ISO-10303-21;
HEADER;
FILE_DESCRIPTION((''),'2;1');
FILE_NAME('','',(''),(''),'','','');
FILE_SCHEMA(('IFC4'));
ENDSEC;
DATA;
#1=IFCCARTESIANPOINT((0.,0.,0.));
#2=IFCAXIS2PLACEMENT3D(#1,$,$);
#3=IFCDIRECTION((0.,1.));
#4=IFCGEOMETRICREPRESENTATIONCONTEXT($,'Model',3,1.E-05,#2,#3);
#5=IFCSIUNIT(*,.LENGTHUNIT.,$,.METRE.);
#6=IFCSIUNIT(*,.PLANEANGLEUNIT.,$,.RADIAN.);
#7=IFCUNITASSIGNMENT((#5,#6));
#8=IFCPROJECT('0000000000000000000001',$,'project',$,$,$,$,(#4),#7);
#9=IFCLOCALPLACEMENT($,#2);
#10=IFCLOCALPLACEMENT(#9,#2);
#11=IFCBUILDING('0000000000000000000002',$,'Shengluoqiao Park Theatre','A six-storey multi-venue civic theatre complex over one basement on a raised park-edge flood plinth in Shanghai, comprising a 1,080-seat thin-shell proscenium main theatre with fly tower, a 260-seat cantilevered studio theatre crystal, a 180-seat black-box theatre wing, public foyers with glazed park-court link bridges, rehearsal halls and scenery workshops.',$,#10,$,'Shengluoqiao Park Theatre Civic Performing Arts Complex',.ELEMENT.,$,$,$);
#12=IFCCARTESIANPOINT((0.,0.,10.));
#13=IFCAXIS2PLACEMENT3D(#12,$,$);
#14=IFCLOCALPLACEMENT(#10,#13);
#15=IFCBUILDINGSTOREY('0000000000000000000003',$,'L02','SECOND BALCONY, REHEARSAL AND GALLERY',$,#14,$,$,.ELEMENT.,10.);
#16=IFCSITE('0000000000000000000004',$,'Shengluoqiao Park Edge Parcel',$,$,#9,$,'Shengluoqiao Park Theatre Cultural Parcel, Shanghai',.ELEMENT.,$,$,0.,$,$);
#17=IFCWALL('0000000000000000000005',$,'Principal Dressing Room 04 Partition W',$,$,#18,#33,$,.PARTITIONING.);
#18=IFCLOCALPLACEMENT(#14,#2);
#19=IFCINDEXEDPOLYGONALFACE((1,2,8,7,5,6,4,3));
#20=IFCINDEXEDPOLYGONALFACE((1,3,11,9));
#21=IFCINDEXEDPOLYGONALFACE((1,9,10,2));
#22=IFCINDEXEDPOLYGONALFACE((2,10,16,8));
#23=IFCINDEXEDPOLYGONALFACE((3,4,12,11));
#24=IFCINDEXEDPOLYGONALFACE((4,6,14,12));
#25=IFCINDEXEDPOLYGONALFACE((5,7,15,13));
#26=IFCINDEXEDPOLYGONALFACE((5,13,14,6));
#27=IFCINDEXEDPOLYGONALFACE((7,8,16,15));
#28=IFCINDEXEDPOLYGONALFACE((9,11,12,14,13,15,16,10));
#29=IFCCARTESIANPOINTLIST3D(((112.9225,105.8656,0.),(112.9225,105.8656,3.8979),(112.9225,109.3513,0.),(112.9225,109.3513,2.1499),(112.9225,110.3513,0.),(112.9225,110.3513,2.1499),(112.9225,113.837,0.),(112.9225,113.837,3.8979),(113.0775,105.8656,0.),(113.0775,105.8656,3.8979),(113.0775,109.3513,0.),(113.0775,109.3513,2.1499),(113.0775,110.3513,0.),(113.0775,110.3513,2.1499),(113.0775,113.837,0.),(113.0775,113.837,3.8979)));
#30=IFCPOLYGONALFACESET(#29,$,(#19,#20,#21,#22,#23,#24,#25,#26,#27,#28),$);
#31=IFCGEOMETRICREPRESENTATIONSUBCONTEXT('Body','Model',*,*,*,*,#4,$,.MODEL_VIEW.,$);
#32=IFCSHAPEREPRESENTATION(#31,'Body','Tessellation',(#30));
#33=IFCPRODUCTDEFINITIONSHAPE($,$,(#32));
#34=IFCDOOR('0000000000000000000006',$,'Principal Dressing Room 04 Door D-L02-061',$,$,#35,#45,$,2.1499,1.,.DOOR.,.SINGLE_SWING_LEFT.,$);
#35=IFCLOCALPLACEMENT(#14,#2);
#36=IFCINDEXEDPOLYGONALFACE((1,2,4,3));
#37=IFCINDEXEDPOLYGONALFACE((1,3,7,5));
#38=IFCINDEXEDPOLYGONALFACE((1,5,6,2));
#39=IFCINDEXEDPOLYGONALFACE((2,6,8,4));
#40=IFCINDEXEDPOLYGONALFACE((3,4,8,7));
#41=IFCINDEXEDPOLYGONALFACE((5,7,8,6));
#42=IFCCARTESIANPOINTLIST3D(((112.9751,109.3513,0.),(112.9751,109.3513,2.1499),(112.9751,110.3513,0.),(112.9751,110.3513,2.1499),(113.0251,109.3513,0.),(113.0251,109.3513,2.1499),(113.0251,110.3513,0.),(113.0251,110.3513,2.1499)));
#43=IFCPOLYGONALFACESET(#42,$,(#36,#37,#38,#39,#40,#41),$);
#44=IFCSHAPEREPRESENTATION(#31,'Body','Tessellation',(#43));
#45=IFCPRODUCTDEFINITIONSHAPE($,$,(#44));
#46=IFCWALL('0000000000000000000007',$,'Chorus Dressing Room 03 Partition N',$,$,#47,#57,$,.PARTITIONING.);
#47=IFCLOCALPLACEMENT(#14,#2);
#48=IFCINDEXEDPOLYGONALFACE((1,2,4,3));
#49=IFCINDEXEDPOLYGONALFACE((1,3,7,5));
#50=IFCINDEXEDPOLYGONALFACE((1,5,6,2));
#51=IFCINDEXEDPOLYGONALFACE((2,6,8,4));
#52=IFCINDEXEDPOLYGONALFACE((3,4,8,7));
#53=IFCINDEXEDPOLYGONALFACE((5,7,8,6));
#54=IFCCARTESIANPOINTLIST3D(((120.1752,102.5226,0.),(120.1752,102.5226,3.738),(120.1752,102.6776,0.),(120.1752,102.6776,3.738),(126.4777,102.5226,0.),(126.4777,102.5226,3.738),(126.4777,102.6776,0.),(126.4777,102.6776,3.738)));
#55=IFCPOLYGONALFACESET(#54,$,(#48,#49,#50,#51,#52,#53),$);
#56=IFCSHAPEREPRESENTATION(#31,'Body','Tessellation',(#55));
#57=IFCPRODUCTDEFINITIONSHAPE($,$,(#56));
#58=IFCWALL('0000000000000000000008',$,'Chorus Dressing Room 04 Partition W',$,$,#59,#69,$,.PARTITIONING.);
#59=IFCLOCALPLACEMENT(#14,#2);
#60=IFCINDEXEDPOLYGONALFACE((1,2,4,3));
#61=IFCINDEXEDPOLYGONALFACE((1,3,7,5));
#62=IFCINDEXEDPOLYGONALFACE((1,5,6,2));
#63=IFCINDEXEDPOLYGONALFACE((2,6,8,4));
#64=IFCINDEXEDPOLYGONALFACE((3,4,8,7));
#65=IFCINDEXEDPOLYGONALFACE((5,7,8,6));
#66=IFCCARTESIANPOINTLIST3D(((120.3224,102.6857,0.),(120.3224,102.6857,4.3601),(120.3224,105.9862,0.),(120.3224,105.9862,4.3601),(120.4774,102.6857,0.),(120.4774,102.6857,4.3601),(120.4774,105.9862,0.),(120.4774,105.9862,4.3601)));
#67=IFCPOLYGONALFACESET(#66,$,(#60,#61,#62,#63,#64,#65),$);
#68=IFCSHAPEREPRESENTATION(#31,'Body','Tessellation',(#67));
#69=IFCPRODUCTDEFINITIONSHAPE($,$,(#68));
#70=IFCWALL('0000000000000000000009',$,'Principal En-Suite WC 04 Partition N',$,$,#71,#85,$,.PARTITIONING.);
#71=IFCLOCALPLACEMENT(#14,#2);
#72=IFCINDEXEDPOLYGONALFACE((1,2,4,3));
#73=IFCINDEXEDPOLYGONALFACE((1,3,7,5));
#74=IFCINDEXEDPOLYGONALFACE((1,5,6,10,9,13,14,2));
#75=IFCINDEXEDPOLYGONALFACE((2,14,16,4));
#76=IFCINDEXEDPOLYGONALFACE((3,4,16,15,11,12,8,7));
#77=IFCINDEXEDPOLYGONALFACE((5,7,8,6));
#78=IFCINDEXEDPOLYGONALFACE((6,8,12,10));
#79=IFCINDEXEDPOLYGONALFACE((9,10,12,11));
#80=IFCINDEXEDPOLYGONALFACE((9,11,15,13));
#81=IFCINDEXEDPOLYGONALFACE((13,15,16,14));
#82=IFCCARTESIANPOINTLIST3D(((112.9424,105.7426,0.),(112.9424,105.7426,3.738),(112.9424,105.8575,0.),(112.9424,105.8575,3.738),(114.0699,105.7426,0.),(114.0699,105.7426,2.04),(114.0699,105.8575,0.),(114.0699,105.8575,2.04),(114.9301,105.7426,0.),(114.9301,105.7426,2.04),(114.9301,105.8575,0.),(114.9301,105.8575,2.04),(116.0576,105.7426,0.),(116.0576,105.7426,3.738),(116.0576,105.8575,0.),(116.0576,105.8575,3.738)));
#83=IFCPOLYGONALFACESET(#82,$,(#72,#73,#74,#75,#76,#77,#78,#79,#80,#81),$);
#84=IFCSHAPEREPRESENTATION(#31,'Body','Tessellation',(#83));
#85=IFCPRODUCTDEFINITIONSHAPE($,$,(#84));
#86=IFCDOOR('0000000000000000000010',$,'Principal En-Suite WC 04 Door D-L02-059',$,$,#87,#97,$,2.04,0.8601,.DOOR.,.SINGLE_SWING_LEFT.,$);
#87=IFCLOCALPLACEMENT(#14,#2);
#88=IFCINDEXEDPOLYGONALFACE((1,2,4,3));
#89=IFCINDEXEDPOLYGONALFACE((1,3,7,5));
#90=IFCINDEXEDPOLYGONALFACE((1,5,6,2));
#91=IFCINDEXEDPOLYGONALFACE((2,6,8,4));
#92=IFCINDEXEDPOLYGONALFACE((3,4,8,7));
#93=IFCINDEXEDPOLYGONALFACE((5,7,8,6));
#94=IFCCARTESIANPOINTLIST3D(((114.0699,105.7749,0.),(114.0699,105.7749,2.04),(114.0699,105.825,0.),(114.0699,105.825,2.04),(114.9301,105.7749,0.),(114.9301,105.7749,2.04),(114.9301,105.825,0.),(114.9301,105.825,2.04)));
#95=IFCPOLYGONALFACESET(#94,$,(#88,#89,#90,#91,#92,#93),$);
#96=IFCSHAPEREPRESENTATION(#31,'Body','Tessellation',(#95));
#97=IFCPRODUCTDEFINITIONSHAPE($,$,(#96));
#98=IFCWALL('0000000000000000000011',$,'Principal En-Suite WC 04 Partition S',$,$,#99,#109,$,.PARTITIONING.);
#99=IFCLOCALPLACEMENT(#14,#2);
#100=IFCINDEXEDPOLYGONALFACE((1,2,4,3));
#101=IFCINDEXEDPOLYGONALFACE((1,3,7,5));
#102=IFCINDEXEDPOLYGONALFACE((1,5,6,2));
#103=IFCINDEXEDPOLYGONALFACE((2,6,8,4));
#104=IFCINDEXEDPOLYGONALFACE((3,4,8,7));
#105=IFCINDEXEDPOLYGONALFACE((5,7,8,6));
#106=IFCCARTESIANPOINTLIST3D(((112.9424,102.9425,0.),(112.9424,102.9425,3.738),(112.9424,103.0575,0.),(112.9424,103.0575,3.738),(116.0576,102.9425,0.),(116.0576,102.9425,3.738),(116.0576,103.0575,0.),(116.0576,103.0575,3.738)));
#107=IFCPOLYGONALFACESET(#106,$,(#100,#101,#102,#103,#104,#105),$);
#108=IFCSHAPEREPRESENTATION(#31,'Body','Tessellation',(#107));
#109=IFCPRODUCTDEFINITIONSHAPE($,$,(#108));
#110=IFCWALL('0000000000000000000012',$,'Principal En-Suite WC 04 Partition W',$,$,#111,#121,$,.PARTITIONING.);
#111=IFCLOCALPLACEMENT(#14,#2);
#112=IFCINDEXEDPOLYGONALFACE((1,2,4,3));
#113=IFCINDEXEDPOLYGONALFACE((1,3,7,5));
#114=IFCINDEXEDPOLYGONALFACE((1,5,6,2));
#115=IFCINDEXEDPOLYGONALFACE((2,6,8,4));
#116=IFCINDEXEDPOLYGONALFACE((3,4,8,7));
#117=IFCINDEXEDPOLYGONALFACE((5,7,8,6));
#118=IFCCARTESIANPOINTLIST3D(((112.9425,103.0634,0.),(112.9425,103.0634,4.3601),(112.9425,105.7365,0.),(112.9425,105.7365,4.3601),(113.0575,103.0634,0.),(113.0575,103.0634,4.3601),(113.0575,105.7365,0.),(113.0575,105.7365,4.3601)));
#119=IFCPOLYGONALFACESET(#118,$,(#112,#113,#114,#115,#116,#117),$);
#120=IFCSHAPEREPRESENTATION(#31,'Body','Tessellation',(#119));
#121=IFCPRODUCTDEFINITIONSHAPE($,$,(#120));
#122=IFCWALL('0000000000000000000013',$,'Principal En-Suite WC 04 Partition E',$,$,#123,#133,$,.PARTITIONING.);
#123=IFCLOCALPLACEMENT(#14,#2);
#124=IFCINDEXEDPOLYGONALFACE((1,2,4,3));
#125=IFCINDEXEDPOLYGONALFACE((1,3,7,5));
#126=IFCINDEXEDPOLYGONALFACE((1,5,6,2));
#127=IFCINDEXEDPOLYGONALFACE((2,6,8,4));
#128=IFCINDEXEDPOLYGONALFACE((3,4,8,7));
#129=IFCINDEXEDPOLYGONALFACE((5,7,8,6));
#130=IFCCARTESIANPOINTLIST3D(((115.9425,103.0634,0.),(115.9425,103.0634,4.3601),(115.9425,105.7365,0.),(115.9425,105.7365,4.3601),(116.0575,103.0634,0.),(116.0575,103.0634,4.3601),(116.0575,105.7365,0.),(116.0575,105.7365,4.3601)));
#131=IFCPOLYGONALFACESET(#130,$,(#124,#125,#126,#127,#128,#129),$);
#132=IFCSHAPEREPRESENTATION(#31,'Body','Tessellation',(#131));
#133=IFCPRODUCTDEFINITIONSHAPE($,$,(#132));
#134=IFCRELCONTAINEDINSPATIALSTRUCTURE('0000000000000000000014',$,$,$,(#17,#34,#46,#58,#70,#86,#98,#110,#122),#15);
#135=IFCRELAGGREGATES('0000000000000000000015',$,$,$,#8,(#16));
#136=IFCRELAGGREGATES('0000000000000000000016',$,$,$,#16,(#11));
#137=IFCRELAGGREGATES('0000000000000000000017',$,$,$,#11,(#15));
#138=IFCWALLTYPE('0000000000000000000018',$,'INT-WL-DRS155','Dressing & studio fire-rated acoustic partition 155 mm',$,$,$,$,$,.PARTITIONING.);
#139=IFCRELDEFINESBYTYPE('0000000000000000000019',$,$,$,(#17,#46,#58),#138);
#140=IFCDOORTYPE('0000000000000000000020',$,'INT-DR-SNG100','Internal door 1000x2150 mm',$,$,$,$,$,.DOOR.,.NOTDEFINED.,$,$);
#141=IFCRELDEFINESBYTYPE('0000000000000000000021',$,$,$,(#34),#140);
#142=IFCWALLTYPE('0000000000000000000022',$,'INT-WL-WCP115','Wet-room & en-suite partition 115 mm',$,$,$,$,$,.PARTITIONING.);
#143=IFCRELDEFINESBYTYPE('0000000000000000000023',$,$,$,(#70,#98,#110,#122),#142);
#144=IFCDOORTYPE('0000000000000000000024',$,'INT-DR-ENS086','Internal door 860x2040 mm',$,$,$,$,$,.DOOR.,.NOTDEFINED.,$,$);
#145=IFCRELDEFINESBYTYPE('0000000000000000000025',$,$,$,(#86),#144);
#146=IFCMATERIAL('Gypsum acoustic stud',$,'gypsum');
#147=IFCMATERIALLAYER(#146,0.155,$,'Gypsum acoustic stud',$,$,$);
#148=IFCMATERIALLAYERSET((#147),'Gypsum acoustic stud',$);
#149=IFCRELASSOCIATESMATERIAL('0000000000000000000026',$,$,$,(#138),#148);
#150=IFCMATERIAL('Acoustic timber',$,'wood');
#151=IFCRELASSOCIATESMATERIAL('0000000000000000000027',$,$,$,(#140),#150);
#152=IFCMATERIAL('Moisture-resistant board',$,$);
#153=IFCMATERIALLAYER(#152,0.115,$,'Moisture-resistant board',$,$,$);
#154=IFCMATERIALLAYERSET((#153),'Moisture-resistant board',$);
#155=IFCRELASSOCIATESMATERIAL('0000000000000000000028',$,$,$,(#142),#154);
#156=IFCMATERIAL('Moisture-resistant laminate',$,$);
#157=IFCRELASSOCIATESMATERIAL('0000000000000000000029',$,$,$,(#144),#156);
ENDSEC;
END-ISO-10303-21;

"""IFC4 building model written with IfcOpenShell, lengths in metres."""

from ifc_helpers import new_model, si_unit, direction, frame, frame_2d, origin, place, context, subcontext, project, spatial, rectangle, extrude, material, layer, layer_set, type_object, element, fill, save


model = new_model("IFC4")

# Units and contexts
model_context = context("Model", 3, precision=1e-05, world=origin(), true_north=direction((0.0, 1.0)))
body_context = subcontext(model_context, "Body", "Model", "MODEL_VIEW")
ifc_project = project(units=[si_unit("LENGTHUNIT", "METRE"), si_unit("PLANEANGLEUNIT", "RADIAN")], contexts=[model_context])

# Site, building, storey
site_placement = place(None, origin())
site = spatial("IfcSite", under=ifc_project, at=site_placement, Name="Shengluoqiao Park Edge Parcel", LongName="Shengluoqiao Park Theatre Cultural Parcel, Shanghai", CompositionType="ELEMENT", RefElevation=0.0)
building_placement = place(site_placement, origin())
building = spatial("IfcBuilding", under=site, at=building_placement, Name="Shengluoqiao Park Theatre", Description="A six-storey multi-venue civic theatre complex over one basement on a raised park-edge flood plinth in Shanghai, comprising a 1,080-seat thin-shell proscenium main theatre with fly tower, a 260-seat cantilevered studio theatre crystal, a 180-seat black-box theatre wing, public foyers with glazed park-court link bridges, rehearsal halls and scenery workshops.", LongName="Shengluoqiao Park Theatre Civic Performing Arts Complex", CompositionType="ELEMENT")
storey_placement = place(building_placement, frame((0.0, 0.0, 10.0)))
storey = spatial("IfcBuildingStorey", under=building, at=storey_placement, Name="L02", Description="SECOND BALCONY, REHEARSAL AND GALLERY", CompositionType="ELEMENT", Elevation=10.0)

# Shared definitions
ifc_material_1 = material(Name="Gypsum acoustic stud", Category="gypsum")
ifc_layer_1 = layer(ifc_material_1, 0.155, Name="Gypsum acoustic stud")
ifc_layer_set_1 = layer_set([ifc_layer_1], Name="Gypsum acoustic stud")
wall_type_1 = type_object("IfcWallType", Name="INT-WL-DRS155", Description="Dressing & studio fire-rated acoustic partition 155 mm", PredefinedType="PARTITIONING", material=ifc_layer_set_1)

# Wall, opening, door
wall_1_placement = place(storey_placement, frame((113.0, 105.8655, 0.0), z_axis=(0.0, 0.0, 1.0), x_axis=(0.0, 1.0, 0.0)))
wall_1 = element("IfcWall", 1, at=wall_1_placement, inside=storey, type_object=wall_type_1, Name="Principal Dressing Room 04 Partition W", PredefinedType="PARTITIONING", context=body_context, shape_type="SweptSolid", body=[
    extrude(rectangle(XDim=7.9714, YDim=0.155, at=frame_2d((3.9858, 0.0))), origin(), (0.0, 0.0, 1.0), 3.8979),
])
opening_1_placement = place(wall_1_placement, frame((3.4858, 0.0, 0.0)))
opening_1 = element("IfcOpeningElement", 2, at=opening_1_placement, cuts=wall_1, PredefinedType="OPENING", context=body_context, shape_type="SweptSolid", body=[
    extrude(rectangle(XDim=1.0, YDim=2.1499, at=frame_2d((0.5, 1.075))), frame((0.0, 0.0874, 0.0), z_axis=(0.0, -1.0, 0.0), x_axis=(1.0, 0.0, 0.0)), (0.0, 0.0, 1.0), 0.175),
])
ifc_material_2 = material(Name="Acoustic timber", Category="wood")
door_type_1 = type_object("IfcDoorType", Name="INT-DR-SNG100", Description="Internal door 1000x2150 mm", OperationType="NOTDEFINED", PredefinedType="DOOR", material=ifc_material_2)
door_1_placement = place(opening_1_placement, origin())
door_1 = element("IfcDoor", 3, at=door_1_placement, inside=storey, type_object=door_type_1, Name="Principal Dressing Room 04 Door D-L02-061", OperationType="SINGLE_SWING_LEFT", OverallHeight=2.1499, OverallWidth=1.0, PredefinedType="DOOR", context=body_context, shape_type="SweptSolid", body=[
    extrude(rectangle(XDim=1.0, YDim=2.1499, at=frame_2d((0.5, 1.075))), frame((0.0, 0.0249, 0.0), z_axis=(0.0, -1.0, 0.0), x_axis=(1.0, 0.0, 0.0)), (0.0, 0.0, 1.0), 0.05),
])
fill(opening_1, door_1)

# Wall
wall_2_placement = place(storey_placement, frame((120.175, 102.6001, 0.0), z_axis=(0.0, 0.0, 1.0), x_axis=(1.0, 0.0, 0.0)))
element("IfcWall", 4, at=wall_2_placement, inside=storey, type_object=wall_type_1, Name="Chorus Dressing Room 03 Partition N", PredefinedType="PARTITIONING", context=body_context, shape_type="SweptSolid", body=[
    extrude(rectangle(XDim=6.3025, YDim=0.155, at=frame_2d((3.1514, 0.0))), origin(), (0.0, 0.0, 1.0), 3.738),
])

# Wall
wall_3_placement = place(storey_placement, frame((120.3999, 102.6855, 0.0), z_axis=(0.0, 0.0, 1.0), x_axis=(0.0, 1.0, 0.0)))
element("IfcWall", 5, at=wall_3_placement, inside=storey, type_object=wall_type_1, Name="Chorus Dressing Room 04 Partition W", PredefinedType="PARTITIONING", context=body_context, shape_type="SweptSolid", body=[
    extrude(rectangle(XDim=3.3005, YDim=0.155, at=frame_2d((1.6504, 0.0))), origin(), (0.0, 0.0, 1.0), 4.3601),
])

# Wall, opening, door
ifc_material_3 = material(Name="Moisture-resistant board")
ifc_layer_2 = layer(ifc_material_3, 0.115, Name="Moisture-resistant board")
ifc_layer_set_2 = layer_set([ifc_layer_2], Name="Moisture-resistant board")
wall_type_2 = type_object("IfcWallType", Name="INT-WL-WCP115", Description="Wet-room & en-suite partition 115 mm", PredefinedType="PARTITIONING", material=ifc_layer_set_2)
wall_4_placement = place(storey_placement, frame((112.9424, 105.8, 0.0), z_axis=(0.0, 0.0, 1.0), x_axis=(1.0, 0.0, 0.0)))
wall_4 = element("IfcWall", 6, at=wall_4_placement, inside=storey, type_object=wall_type_2, Name="Principal En-Suite WC 04 Partition N", PredefinedType="PARTITIONING", context=body_context, shape_type="SweptSolid", body=[
    extrude(rectangle(XDim=3.1152, YDim=0.115, at=frame_2d((1.5576, 0.0))), origin(), (0.0, 0.0, 1.0), 3.738),
])
opening_2_placement = place(wall_4_placement, frame((1.1274, 0.0, 0.0)))
opening_2 = element("IfcOpeningElement", 7, at=opening_2_placement, cuts=wall_4, PredefinedType="OPENING", context=body_context, shape_type="SweptSolid", body=[
    extrude(rectangle(XDim=0.8601, YDim=2.04, at=frame_2d((0.4302, 1.02))), frame((0.0, 0.0674, 0.0), z_axis=(0.0, -1.0, 0.0), x_axis=(1.0, 0.0, 0.0)), (0.0, 0.0, 1.0), 0.135),
])
ifc_material_4 = material(Name="Moisture-resistant laminate")
door_type_2 = type_object("IfcDoorType", Name="INT-DR-ENS086", Description="Internal door 860x2040 mm", OperationType="NOTDEFINED", PredefinedType="DOOR", material=ifc_material_4)
door_2_placement = place(opening_2_placement, origin())
door_2 = element("IfcDoor", 8, at=door_2_placement, inside=storey, type_object=door_type_2, Name="Principal En-Suite WC 04 Door D-L02-059", OperationType="SINGLE_SWING_LEFT", OverallHeight=2.04, OverallWidth=0.8601, PredefinedType="DOOR", context=body_context, shape_type="SweptSolid", body=[
    extrude(rectangle(XDim=0.8601, YDim=2.04, at=frame_2d((0.4302, 1.02))), frame((0.0, 0.0249, 0.0), z_axis=(0.0, -1.0, 0.0), x_axis=(1.0, 0.0, 0.0)), (0.0, 0.0, 1.0), 0.05),
])
fill(opening_2, door_2)

# Walls
wall_5_placement = place(storey_placement, frame((112.9424, 103.0, 0.0), z_axis=(0.0, 0.0, 1.0), x_axis=(1.0, 0.0, 0.0)))
element("IfcWall", 9, at=wall_5_placement, inside=storey, type_object=wall_type_2, Name="Principal En-Suite WC 04 Partition S", PredefinedType="PARTITIONING", context=body_context, shape_type="SweptSolid", body=[
    extrude(rectangle(XDim=3.1152, YDim=0.115, at=frame_2d((1.5576, 0.0))), origin(), (0.0, 0.0, 1.0), 3.738),
])
for number, where, z_axis, x_axis, name in (
    (10, (113.0, 103.0635, 0.0), (0.0, 0.0, 1.0), (0.0, 1.0, 0.0), "Principal En-Suite WC 04 Partition W"),
    (11, (116.0, 103.0635, 0.0), (0.0, 0.0, 1.0), (0.0, 1.0, 0.0), "Principal En-Suite WC 04 Partition E"),
):
    element("IfcWall", number, at=place(storey_placement, frame(where, z_axis=z_axis, x_axis=x_axis)), inside=storey, type_object=wall_type_2, Name=name, PredefinedType="PARTITIONING", context=body_context, shape_type="SweptSolid", body=[
        extrude(rectangle(XDim=2.6731, YDim=0.115, at=frame_2d((1.3364, 0.0))), origin(), (0.0, 0.0, 1.0), 4.3601),
    ])

save(model, "model.ifc")
